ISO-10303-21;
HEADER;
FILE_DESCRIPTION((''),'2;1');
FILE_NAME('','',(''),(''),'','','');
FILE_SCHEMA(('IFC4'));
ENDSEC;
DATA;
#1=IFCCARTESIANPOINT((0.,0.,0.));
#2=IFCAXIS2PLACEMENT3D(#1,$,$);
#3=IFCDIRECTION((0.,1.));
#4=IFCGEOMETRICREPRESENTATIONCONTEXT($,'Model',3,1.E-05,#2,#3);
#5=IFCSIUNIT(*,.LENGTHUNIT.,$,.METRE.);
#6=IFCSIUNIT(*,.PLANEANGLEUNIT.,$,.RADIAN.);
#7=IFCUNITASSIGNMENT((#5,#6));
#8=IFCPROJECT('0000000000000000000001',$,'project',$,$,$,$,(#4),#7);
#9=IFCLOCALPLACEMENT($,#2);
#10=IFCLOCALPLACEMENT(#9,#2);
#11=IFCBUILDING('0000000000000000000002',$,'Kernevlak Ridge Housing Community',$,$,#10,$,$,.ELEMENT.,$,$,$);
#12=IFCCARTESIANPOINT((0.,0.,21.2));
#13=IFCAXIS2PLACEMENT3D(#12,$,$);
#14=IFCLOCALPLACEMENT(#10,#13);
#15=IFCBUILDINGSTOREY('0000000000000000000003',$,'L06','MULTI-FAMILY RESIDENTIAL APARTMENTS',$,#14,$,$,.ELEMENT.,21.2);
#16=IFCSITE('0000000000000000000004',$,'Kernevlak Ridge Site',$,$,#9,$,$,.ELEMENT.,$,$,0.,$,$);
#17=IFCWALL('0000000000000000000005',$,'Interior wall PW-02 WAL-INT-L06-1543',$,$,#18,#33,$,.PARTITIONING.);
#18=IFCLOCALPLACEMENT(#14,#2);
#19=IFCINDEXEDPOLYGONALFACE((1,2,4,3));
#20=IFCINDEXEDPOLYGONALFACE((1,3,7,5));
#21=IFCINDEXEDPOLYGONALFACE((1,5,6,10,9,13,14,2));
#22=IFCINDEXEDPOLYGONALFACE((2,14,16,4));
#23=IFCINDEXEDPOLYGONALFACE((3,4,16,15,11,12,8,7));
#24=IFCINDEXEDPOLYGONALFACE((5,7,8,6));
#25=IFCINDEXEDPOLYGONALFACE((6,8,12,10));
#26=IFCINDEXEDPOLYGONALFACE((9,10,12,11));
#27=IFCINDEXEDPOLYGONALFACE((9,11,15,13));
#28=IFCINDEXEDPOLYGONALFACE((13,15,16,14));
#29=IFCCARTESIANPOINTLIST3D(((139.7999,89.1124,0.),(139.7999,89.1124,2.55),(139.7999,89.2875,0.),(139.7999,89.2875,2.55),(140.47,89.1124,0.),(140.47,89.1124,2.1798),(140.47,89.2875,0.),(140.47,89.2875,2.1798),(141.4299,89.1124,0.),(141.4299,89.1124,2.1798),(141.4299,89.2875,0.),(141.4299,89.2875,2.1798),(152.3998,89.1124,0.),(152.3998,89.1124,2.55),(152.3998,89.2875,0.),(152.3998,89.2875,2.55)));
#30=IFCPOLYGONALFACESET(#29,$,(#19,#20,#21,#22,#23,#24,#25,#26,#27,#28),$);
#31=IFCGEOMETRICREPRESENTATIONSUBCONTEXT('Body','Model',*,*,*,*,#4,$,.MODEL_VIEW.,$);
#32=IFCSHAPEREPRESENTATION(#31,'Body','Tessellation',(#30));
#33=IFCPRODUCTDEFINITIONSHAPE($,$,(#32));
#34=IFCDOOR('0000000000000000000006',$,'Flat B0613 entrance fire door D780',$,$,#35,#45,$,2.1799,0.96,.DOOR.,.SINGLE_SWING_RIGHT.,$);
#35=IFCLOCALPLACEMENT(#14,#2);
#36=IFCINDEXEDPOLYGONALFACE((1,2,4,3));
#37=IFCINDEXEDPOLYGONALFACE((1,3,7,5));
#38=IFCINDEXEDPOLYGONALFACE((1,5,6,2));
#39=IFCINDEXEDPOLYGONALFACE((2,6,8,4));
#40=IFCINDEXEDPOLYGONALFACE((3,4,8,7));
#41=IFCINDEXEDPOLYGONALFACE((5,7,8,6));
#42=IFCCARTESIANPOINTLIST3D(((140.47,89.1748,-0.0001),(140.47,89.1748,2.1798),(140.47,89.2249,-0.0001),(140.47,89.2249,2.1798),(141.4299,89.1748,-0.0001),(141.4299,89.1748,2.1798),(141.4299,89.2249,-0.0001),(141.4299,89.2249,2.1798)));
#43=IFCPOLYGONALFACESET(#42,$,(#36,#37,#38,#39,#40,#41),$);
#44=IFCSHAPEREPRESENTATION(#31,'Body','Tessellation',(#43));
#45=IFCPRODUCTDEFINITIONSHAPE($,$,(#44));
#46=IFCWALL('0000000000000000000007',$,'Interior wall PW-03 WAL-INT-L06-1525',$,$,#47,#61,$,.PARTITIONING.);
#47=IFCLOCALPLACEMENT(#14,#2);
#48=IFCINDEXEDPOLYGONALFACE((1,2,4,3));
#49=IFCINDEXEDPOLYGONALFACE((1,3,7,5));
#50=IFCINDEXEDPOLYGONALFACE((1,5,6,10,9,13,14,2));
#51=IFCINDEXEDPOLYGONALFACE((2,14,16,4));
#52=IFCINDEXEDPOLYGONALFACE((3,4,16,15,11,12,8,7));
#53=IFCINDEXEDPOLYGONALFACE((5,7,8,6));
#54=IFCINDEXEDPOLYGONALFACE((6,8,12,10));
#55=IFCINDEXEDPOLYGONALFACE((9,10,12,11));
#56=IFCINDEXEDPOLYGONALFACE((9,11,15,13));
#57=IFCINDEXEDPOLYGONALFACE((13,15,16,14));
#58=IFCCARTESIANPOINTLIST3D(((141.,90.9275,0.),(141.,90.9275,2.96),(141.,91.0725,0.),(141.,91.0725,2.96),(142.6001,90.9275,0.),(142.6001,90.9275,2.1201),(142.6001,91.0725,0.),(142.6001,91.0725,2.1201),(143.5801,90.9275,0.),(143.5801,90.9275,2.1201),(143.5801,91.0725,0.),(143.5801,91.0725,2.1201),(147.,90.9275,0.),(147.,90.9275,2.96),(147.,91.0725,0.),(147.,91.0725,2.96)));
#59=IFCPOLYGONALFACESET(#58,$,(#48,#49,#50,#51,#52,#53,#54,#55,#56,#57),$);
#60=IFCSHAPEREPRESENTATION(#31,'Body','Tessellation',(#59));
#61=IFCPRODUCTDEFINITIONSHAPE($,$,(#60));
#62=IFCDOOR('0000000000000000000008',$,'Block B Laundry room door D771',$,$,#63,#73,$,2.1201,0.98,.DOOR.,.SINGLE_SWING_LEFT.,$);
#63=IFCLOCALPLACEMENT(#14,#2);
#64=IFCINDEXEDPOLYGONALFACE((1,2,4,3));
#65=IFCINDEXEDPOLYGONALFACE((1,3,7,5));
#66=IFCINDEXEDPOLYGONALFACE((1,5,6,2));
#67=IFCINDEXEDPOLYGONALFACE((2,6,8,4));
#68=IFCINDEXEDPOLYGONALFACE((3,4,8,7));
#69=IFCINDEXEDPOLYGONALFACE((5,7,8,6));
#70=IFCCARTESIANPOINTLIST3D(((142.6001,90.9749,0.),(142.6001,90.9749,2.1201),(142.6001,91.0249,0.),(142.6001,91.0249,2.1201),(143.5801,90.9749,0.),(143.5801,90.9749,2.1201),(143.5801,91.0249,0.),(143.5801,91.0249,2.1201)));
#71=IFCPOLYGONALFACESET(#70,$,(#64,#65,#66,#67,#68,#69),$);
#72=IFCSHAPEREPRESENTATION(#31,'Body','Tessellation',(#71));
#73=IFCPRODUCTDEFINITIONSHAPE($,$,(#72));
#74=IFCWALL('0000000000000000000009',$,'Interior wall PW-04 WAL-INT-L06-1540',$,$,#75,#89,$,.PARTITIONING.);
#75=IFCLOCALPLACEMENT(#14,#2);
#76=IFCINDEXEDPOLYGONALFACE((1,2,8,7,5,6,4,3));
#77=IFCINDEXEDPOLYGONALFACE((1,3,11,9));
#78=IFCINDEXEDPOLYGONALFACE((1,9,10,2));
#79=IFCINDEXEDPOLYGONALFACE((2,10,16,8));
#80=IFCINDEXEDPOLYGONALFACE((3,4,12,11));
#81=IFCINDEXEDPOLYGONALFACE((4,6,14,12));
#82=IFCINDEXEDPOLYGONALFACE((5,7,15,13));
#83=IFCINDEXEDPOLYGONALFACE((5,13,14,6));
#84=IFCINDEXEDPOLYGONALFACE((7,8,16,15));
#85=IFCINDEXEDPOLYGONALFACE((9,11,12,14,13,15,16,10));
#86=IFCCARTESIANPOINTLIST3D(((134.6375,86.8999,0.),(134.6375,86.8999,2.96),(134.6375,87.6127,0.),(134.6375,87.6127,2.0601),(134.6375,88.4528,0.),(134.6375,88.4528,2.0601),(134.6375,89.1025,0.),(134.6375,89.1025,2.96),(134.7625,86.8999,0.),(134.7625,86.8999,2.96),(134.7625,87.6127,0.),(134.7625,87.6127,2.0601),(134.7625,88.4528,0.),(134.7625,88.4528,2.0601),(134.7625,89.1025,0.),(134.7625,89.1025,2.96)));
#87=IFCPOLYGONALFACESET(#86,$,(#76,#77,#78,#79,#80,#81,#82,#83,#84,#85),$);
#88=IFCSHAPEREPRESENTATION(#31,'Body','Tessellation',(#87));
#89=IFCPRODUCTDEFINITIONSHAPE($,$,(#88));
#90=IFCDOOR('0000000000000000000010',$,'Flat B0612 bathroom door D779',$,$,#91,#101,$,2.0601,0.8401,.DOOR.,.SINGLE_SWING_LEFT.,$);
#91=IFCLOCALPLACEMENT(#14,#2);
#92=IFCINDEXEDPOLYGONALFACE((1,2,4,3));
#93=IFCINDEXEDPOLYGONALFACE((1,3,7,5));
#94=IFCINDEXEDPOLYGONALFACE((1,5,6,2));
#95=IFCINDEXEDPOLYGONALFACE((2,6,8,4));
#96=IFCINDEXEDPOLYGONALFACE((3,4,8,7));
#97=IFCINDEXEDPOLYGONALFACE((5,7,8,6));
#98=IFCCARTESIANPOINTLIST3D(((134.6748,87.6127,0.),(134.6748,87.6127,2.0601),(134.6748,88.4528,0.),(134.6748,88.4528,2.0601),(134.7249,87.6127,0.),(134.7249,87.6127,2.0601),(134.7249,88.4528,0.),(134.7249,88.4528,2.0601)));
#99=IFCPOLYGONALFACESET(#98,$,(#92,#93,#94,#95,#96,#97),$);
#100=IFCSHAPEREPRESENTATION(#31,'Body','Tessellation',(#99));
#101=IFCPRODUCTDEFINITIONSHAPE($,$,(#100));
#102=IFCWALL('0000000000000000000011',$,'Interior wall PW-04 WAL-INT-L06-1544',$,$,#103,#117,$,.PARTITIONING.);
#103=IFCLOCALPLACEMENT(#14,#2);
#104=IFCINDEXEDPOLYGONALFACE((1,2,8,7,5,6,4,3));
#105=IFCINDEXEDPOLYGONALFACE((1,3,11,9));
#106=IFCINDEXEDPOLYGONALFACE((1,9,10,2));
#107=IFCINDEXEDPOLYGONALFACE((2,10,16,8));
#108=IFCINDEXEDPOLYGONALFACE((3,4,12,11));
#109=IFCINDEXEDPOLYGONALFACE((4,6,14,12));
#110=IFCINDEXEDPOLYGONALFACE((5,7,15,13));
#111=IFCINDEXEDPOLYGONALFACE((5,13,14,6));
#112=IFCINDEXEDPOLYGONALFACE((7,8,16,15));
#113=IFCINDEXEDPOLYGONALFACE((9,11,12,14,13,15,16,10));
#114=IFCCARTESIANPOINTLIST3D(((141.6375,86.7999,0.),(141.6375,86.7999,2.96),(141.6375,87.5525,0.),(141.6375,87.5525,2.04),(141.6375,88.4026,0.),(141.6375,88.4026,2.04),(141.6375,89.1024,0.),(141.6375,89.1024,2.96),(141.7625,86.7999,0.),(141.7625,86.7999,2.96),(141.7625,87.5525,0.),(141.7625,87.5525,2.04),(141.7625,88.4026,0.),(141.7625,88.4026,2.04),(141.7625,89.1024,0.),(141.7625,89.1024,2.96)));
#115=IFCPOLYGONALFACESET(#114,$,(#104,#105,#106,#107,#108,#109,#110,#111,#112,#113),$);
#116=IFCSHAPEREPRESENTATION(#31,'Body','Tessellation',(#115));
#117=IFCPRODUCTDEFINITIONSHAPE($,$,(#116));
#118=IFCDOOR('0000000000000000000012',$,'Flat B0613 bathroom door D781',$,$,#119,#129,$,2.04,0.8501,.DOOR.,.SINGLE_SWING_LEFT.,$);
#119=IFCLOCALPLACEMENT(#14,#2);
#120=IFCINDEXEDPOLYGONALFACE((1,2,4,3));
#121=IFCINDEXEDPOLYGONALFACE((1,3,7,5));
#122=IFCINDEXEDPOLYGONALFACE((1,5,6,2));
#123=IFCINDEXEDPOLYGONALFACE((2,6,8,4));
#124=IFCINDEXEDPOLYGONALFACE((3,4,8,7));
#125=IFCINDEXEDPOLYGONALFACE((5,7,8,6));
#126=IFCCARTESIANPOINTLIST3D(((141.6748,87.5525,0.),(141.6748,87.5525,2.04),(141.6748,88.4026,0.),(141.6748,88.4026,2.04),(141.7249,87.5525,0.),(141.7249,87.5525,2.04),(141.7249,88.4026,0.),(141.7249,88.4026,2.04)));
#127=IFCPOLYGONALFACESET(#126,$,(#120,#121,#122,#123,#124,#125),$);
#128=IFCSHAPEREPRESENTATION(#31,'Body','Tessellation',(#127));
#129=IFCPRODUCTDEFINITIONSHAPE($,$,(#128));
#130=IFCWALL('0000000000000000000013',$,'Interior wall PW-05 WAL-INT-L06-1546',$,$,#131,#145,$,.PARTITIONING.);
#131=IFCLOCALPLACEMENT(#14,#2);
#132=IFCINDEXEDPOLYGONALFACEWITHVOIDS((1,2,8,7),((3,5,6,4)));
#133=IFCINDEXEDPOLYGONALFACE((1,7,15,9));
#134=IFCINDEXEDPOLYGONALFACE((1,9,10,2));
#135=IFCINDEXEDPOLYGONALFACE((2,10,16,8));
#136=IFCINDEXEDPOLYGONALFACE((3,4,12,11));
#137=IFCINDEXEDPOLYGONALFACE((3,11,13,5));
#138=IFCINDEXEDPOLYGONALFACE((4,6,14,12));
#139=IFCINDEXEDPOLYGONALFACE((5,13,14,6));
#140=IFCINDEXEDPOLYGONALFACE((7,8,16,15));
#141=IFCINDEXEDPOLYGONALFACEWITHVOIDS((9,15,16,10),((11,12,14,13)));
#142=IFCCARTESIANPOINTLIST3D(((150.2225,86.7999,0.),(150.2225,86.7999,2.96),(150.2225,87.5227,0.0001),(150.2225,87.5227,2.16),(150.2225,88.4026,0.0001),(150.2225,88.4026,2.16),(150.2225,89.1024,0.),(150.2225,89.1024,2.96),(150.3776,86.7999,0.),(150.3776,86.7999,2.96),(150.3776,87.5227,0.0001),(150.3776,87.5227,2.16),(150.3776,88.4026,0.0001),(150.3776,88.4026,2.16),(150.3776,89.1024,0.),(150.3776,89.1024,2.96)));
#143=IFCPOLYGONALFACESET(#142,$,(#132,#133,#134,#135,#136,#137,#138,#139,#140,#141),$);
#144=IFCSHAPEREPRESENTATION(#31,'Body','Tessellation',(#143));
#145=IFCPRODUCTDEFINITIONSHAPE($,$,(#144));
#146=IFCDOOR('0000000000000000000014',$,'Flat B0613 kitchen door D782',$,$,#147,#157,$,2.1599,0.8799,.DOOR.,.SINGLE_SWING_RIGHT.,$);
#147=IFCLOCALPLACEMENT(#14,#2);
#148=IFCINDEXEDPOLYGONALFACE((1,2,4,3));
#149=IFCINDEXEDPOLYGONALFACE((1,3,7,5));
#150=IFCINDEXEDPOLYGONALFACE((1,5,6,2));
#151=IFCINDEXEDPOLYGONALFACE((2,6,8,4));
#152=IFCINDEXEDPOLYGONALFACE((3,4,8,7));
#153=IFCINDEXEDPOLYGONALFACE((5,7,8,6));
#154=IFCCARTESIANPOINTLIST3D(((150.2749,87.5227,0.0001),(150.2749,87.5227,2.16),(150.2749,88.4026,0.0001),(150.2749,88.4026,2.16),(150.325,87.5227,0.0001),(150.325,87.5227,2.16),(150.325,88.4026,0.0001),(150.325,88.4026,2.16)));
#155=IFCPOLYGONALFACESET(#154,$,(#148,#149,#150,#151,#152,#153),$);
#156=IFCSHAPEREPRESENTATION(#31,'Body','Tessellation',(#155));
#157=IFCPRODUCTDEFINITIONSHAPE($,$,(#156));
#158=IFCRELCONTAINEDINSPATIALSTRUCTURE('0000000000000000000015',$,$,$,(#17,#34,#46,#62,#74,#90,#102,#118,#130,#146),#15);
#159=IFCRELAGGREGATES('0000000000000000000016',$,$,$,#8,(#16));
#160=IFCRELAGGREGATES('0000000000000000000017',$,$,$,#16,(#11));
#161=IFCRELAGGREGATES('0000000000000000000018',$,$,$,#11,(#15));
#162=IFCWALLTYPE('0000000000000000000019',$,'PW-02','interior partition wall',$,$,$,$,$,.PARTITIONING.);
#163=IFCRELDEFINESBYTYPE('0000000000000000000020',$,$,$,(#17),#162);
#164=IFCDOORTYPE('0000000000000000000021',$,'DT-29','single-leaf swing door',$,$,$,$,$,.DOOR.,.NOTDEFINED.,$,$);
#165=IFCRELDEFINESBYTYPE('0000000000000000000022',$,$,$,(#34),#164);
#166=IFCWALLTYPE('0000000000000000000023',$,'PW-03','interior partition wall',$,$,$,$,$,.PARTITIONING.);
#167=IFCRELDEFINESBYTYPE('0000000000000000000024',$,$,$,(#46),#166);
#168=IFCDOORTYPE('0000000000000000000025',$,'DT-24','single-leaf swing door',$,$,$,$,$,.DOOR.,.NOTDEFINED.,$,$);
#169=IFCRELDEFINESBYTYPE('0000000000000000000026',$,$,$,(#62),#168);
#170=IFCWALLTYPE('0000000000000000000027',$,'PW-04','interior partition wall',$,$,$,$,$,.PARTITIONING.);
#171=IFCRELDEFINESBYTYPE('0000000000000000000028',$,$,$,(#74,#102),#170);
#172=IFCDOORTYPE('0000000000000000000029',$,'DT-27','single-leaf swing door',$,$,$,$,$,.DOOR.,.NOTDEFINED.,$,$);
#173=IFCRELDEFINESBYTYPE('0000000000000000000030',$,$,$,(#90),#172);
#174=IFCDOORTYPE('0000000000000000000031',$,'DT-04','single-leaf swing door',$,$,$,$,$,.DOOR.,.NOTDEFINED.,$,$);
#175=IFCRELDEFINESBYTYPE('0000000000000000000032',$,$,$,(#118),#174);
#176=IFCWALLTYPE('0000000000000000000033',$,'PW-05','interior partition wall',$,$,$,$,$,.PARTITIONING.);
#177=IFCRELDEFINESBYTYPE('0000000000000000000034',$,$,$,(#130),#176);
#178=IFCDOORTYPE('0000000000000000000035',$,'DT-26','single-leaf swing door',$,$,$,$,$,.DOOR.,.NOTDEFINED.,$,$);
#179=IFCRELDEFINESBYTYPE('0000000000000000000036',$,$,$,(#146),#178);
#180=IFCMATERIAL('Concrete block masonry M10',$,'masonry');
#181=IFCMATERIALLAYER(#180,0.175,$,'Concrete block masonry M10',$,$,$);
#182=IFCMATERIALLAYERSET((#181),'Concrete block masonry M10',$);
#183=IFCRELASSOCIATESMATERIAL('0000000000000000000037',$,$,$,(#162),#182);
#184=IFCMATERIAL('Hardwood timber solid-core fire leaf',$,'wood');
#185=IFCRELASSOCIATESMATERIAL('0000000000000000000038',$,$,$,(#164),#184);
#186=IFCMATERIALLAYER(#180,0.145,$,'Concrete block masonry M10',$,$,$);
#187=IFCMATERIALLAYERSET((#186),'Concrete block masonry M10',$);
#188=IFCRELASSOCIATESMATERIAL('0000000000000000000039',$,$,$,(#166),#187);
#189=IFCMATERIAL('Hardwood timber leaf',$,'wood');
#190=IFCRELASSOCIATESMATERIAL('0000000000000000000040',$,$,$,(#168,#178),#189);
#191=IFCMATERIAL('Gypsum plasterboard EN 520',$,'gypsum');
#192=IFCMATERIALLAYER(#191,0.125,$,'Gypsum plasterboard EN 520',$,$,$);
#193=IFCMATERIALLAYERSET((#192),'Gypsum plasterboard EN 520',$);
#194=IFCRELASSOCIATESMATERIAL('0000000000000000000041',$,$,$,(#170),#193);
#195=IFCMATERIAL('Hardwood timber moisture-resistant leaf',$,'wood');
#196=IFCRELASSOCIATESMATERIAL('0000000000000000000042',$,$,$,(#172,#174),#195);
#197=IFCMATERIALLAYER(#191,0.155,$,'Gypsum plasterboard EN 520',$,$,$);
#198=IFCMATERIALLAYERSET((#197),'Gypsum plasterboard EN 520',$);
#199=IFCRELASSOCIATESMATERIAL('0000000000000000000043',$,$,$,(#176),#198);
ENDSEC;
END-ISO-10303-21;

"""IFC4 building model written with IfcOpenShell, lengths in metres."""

from ifc_helpers import new_model, si_unit, direction, frame, frame_2d, origin, place, context, subcontext, project, spatial, rectangle, extrude, material, layer, layer_set, type_object, element, fill, save


model = new_model("IFC4")

# Units and contexts
model_context = context("Model", 3, precision=1e-05, world=origin(), true_north=direction((0.0, 1.0)))
body_context = subcontext(model_context, "Body", "Model", "MODEL_VIEW")
ifc_project = project(units=[si_unit("LENGTHUNIT", "METRE"), si_unit("PLANEANGLEUNIT", "RADIAN")], contexts=[model_context])

# Site, building, storey
site_placement = place(None, origin())
site = spatial("IfcSite", under=ifc_project, at=site_placement, Name="Kernevlak Ridge Site", CompositionType="ELEMENT", RefElevation=0.0)
building_placement = place(site_placement, origin())
building = spatial("IfcBuilding", under=site, at=building_placement, Name="Kernevlak Ridge Housing Community", CompositionType="ELEMENT")
storey_placement = place(building_placement, frame((0.0, 0.0, 21.2)))
storey = spatial("IfcBuildingStorey", under=building, at=storey_placement, Name="L06", Description="MULTI-FAMILY RESIDENTIAL APARTMENTS", CompositionType="ELEMENT", Elevation=21.2)

# Shared definitions
ifc_material_1 = material(Name="Concrete block masonry M10", Category="masonry")
ifc_layer_1 = layer(ifc_material_1, 0.175, Name="Concrete block masonry M10")
ifc_layer_set_1 = layer_set([ifc_layer_1], Name="Concrete block masonry M10")
wall_type_1 = type_object("IfcWallType", Name="PW-02", Description="interior partition wall", PredefinedType="PARTITIONING", material=ifc_layer_set_1)

# Walls, openings, doors
wall_1_placement = place(storey_placement, frame((139.8, 89.2, 0.0), z_axis=(0.0, 0.0, 1.0), x_axis=(1.0, 0.0, 0.0)))
wall_1 = element("IfcWall", 1, at=wall_1_placement, inside=storey, type_object=wall_type_1, Name="Interior wall PW-02 WAL-INT-L06-1543", PredefinedType="PARTITIONING", context=body_context, shape_type="SweptSolid", body=[
    extrude(rectangle(XDim=12.5999, YDim=0.175, at=frame_2d((6.2998, 0.0))), origin(), (0.0, 0.0, 1.0), 2.55),
])
opening_1_placement = place(wall_1_placement, frame((0.6699, 0.0, 0.0)))
opening_1 = element("IfcOpeningElement", 2, at=opening_1_placement, cuts=wall_1, PredefinedType="OPENING", context=body_context, shape_type="SweptSolid", body=[
    extrude(rectangle(XDim=0.96, YDim=2.1799, at=frame_2d((0.48, 1.0898))), frame((0.0, 0.0974, 0.0), z_axis=(0.0, -1.0, 0.0), x_axis=(1.0, 0.0, 0.0)), (0.0, 0.0, 1.0), 0.1951),
])
ifc_material_2 = material(Name="Hardwood timber solid-core fire leaf", Category="wood")
door_type_1 = type_object("IfcDoorType", Name="DT-29", Description="single-leaf swing door", OperationType="NOTDEFINED", PredefinedType="DOOR", material=ifc_material_2)
door_1_placement = place(opening_1_placement, origin())
door_1 = element("IfcDoor", 3, at=door_1_placement, inside=storey, type_object=door_type_1, Name="Flat B0613 entrance fire door D780", OperationType="SINGLE_SWING_RIGHT", OverallHeight=2.1799, OverallWidth=0.96, PredefinedType="DOOR", context=body_context, shape_type="SweptSolid", body=[
    extrude(rectangle(XDim=0.96, YDim=2.1799, at=frame_2d((0.48, 1.0898))), frame((0.0, 0.0249, 0.0), z_axis=(0.0, -1.0, 0.0), x_axis=(1.0, 0.0, 0.0)), (0.0, 0.0, 1.0), 0.05),
])
fill(opening_1, door_1)
ifc_layer_2 = layer(ifc_material_1, 0.145, Name="Concrete block masonry M10")
ifc_layer_set_2 = layer_set([ifc_layer_2], Name="Concrete block masonry M10")
wall_type_2 = type_object("IfcWallType", Name="PW-03", Description="interior partition wall", PredefinedType="PARTITIONING", material=ifc_layer_set_2)
wall_2_placement = place(storey_placement, frame((141.0, 91.0, 0.0), z_axis=(0.0, 0.0, 1.0), x_axis=(1.0, 0.0, 0.0)))
wall_2 = element("IfcWall", 4, at=wall_2_placement, inside=storey, type_object=wall_type_2, Name="Interior wall PW-03 WAL-INT-L06-1525", PredefinedType="PARTITIONING", context=body_context, shape_type="SweptSolid", body=[
    extrude(rectangle(XDim=6.0, YDim=0.145, at=frame_2d((3.0, 0.0))), origin(), (0.0, 0.0, 1.0), 2.96),
])
opening_2_placement = place(wall_2_placement, frame((1.6001, 0.0, 0.0)))
opening_2 = element("IfcOpeningElement", 5, at=opening_2_placement, cuts=wall_2, PredefinedType="OPENING", context=body_context, shape_type="SweptSolid", body=[
    extrude(rectangle(XDim=0.98, YDim=2.1201, at=frame_2d((0.49, 1.0601))), frame((0.0, 0.0825, 0.0), z_axis=(0.0, -1.0, 0.0), x_axis=(1.0, 0.0, 0.0)), (0.0, 0.0, 1.0), 0.165),
])
ifc_material_3 = material(Name="Hardwood timber leaf", Category="wood")
door_type_2 = type_object("IfcDoorType", Name="DT-24", Description="single-leaf swing door", OperationType="NOTDEFINED", PredefinedType="DOOR", material=ifc_material_3)
door_2_placement = place(opening_2_placement, origin())
door_2 = element("IfcDoor", 6, at=door_2_placement, inside=storey, type_object=door_type_2, Name="Block B Laundry room door D771", OperationType="SINGLE_SWING_LEFT", OverallHeight=2.1201, OverallWidth=0.98, PredefinedType="DOOR", context=body_context, shape_type="SweptSolid", body=[
    extrude(rectangle(XDim=0.98, YDim=2.1201, at=frame_2d((0.49, 1.0601))), frame((0.0, 0.0249, 0.0), z_axis=(0.0, -1.0, 0.0), x_axis=(1.0, 0.0, 0.0)), (0.0, 0.0, 1.0), 0.05),
])
fill(opening_2, door_2)
ifc_material_4 = material(Name="Gypsum plasterboard EN 520", Category="gypsum")
ifc_layer_3 = layer(ifc_material_4, 0.125, Name="Gypsum plasterboard EN 520")
ifc_layer_set_3 = layer_set([ifc_layer_3], Name="Gypsum plasterboard EN 520")
wall_type_3 = type_object("IfcWallType", Name="PW-04", Description="interior partition wall", PredefinedType="PARTITIONING", material=ifc_layer_set_3)
wall_3_placement = place(storey_placement, frame((134.7, 89.1025, 0.0), z_axis=(0.0, 0.0, 1.0), x_axis=(0.0, -1.0, 0.0)))
wall_3 = element("IfcWall", 7, at=wall_3_placement, inside=storey, type_object=wall_type_3, Name="Interior wall PW-04 WAL-INT-L06-1540", PredefinedType="PARTITIONING", context=body_context, shape_type="SweptSolid", body=[
    extrude(rectangle(XDim=2.2026, YDim=0.125, at=frame_2d((1.1013, 0.0))), origin(), (0.0, 0.0, 1.0), 2.96),
])
opening_3_placement = place(wall_3_placement, frame((0.6499, 0.0, 0.0)))
opening_3 = element("IfcOpeningElement", 8, at=opening_3_placement, cuts=wall_3, PredefinedType="OPENING", context=body_context, shape_type="SweptSolid", body=[
    extrude(rectangle(XDim=0.8401, YDim=2.0601, at=frame_2d((0.4199, 1.03))), frame((0.0, 0.0725, 0.0), z_axis=(0.0, -1.0, 0.0), x_axis=(1.0, 0.0, 0.0)), (0.0, 0.0, 1.0), 0.145),
])
ifc_material_5 = material(Name="Hardwood timber moisture-resistant leaf", Category="wood")
door_type_3 = type_object("IfcDoorType", Name="DT-27", Description="single-leaf swing door", OperationType="NOTDEFINED", PredefinedType="DOOR", material=ifc_material_5)
door_3_placement = place(opening_3_placement, origin())
door_3 = element("IfcDoor", 9, at=door_3_placement, inside=storey, type_object=door_type_3, Name="Flat B0612 bathroom door D779", OperationType="SINGLE_SWING_LEFT", OverallHeight=2.0601, OverallWidth=0.8401, PredefinedType="DOOR", context=body_context, shape_type="SweptSolid", body=[
    extrude(rectangle(XDim=0.8401, YDim=2.0601, at=frame_2d((0.4199, 1.03))), frame((0.0, 0.0249, 0.0), z_axis=(0.0, -1.0, 0.0), x_axis=(1.0, 0.0, 0.0)), (0.0, 0.0, 1.0), 0.05),
])
fill(opening_3, door_3)
wall_4_placement = place(storey_placement, frame((141.7, 89.1025, 0.0), z_axis=(0.0, 0.0, 1.0), x_axis=(0.0, -1.0, 0.0)))
wall_4 = element("IfcWall", 10, at=wall_4_placement, inside=storey, type_object=wall_type_3, Name="Interior wall PW-04 WAL-INT-L06-1544", PredefinedType="PARTITIONING", context=body_context, shape_type="SweptSolid", body=[
    extrude(rectangle(XDim=2.3025, YDim=0.125, at=frame_2d((1.1514, 0.0))), origin(), (0.0, 0.0, 1.0), 2.96),
])
opening_4_placement = place(wall_4_placement, frame((0.7, 0.0, 0.0)))
opening_4 = element("IfcOpeningElement", 11, at=opening_4_placement, cuts=wall_4, PredefinedType="OPENING", context=body_context, shape_type="SweptSolid", body=[
    extrude(rectangle(XDim=0.8501, YDim=2.04, at=frame_2d((0.425, 1.02))), frame((0.0, 0.0725, 0.0), z_axis=(0.0, -1.0, 0.0), x_axis=(1.0, 0.0, 0.0)), (0.0, 0.0, 1.0), 0.145),
])
door_type_4 = type_object("IfcDoorType", Name="DT-04", Description="single-leaf swing door", OperationType="NOTDEFINED", PredefinedType="DOOR", material=ifc_material_5)
door_4_placement = place(opening_4_placement, origin())
door_4 = element("IfcDoor", 12, at=door_4_placement, inside=storey, type_object=door_type_4, Name="Flat B0613 bathroom door D781", OperationType="SINGLE_SWING_LEFT", OverallHeight=2.04, OverallWidth=0.8501, PredefinedType="DOOR", context=body_context, shape_type="SweptSolid", body=[
    extrude(rectangle(XDim=0.8501, YDim=2.04, at=frame_2d((0.425, 1.02))), frame((0.0, 0.0249, 0.0), z_axis=(0.0, -1.0, 0.0), x_axis=(1.0, 0.0, 0.0)), (0.0, 0.0, 1.0), 0.05),
])
fill(opening_4, door_4)
ifc_layer_4 = layer(ifc_material_4, 0.155, Name="Gypsum plasterboard EN 520")
ifc_layer_set_4 = layer_set([ifc_layer_4], Name="Gypsum plasterboard EN 520")
wall_type_4 = type_object("IfcWallType", Name="PW-05", Description="interior partition wall", PredefinedType="PARTITIONING", material=ifc_layer_set_4)
wall_5_placement = place(storey_placement, frame((150.3, 89.1025, 0.0), z_axis=(0.0, 0.0, 1.0), x_axis=(0.0, -1.0, 0.0)))
wall_5 = element("IfcWall", 13, at=wall_5_placement, inside=storey, type_object=wall_type_4, Name="Interior wall PW-05 WAL-INT-L06-1546", PredefinedType="PARTITIONING", context=body_context, shape_type="SweptSolid", body=[
    extrude(rectangle(XDim=2.3025, YDim=0.155, at=frame_2d((1.1514, 0.0))), origin(), (0.0, 0.0, 1.0), 2.96),
])
opening_5_placement = place(wall_5_placement, frame((0.7, 0.0, 0.0)))
opening_5 = element("IfcOpeningElement", 14, at=opening_5_placement, cuts=wall_5, PredefinedType="OPENING", context=body_context, shape_type="SweptSolid", body=[
    extrude(rectangle(XDim=0.8799, YDim=2.1599, at=frame_2d((0.4399, 1.0801))), frame((0.0, 0.0874, 0.0), z_axis=(0.0, -1.0, 0.0), x_axis=(1.0, 0.0, 0.0)), (0.0, 0.0, 1.0), 0.175),
])
door_type_5 = type_object("IfcDoorType", Name="DT-26", Description="single-leaf swing door", OperationType="NOTDEFINED", PredefinedType="DOOR", material=ifc_material_3)
door_5_placement = place(opening_5_placement, origin())
door_5 = element("IfcDoor", 15, at=door_5_placement, inside=storey, type_object=door_type_5, Name="Flat B0613 kitchen door D782", OperationType="SINGLE_SWING_RIGHT", OverallHeight=2.1599, OverallWidth=0.8799, PredefinedType="DOOR", context=body_context, shape_type="SweptSolid", body=[
    extrude(rectangle(XDim=0.8799, YDim=2.1599, at=frame_2d((0.4399, 1.0801))), frame((0.0, 0.0249, 0.0), z_axis=(0.0, -1.0, 0.0), x_axis=(1.0, 0.0, 0.0)), (0.0, 0.0, 1.0), 0.05),
])
fill(opening_5, door_5)

save(model, "model.ifc")
